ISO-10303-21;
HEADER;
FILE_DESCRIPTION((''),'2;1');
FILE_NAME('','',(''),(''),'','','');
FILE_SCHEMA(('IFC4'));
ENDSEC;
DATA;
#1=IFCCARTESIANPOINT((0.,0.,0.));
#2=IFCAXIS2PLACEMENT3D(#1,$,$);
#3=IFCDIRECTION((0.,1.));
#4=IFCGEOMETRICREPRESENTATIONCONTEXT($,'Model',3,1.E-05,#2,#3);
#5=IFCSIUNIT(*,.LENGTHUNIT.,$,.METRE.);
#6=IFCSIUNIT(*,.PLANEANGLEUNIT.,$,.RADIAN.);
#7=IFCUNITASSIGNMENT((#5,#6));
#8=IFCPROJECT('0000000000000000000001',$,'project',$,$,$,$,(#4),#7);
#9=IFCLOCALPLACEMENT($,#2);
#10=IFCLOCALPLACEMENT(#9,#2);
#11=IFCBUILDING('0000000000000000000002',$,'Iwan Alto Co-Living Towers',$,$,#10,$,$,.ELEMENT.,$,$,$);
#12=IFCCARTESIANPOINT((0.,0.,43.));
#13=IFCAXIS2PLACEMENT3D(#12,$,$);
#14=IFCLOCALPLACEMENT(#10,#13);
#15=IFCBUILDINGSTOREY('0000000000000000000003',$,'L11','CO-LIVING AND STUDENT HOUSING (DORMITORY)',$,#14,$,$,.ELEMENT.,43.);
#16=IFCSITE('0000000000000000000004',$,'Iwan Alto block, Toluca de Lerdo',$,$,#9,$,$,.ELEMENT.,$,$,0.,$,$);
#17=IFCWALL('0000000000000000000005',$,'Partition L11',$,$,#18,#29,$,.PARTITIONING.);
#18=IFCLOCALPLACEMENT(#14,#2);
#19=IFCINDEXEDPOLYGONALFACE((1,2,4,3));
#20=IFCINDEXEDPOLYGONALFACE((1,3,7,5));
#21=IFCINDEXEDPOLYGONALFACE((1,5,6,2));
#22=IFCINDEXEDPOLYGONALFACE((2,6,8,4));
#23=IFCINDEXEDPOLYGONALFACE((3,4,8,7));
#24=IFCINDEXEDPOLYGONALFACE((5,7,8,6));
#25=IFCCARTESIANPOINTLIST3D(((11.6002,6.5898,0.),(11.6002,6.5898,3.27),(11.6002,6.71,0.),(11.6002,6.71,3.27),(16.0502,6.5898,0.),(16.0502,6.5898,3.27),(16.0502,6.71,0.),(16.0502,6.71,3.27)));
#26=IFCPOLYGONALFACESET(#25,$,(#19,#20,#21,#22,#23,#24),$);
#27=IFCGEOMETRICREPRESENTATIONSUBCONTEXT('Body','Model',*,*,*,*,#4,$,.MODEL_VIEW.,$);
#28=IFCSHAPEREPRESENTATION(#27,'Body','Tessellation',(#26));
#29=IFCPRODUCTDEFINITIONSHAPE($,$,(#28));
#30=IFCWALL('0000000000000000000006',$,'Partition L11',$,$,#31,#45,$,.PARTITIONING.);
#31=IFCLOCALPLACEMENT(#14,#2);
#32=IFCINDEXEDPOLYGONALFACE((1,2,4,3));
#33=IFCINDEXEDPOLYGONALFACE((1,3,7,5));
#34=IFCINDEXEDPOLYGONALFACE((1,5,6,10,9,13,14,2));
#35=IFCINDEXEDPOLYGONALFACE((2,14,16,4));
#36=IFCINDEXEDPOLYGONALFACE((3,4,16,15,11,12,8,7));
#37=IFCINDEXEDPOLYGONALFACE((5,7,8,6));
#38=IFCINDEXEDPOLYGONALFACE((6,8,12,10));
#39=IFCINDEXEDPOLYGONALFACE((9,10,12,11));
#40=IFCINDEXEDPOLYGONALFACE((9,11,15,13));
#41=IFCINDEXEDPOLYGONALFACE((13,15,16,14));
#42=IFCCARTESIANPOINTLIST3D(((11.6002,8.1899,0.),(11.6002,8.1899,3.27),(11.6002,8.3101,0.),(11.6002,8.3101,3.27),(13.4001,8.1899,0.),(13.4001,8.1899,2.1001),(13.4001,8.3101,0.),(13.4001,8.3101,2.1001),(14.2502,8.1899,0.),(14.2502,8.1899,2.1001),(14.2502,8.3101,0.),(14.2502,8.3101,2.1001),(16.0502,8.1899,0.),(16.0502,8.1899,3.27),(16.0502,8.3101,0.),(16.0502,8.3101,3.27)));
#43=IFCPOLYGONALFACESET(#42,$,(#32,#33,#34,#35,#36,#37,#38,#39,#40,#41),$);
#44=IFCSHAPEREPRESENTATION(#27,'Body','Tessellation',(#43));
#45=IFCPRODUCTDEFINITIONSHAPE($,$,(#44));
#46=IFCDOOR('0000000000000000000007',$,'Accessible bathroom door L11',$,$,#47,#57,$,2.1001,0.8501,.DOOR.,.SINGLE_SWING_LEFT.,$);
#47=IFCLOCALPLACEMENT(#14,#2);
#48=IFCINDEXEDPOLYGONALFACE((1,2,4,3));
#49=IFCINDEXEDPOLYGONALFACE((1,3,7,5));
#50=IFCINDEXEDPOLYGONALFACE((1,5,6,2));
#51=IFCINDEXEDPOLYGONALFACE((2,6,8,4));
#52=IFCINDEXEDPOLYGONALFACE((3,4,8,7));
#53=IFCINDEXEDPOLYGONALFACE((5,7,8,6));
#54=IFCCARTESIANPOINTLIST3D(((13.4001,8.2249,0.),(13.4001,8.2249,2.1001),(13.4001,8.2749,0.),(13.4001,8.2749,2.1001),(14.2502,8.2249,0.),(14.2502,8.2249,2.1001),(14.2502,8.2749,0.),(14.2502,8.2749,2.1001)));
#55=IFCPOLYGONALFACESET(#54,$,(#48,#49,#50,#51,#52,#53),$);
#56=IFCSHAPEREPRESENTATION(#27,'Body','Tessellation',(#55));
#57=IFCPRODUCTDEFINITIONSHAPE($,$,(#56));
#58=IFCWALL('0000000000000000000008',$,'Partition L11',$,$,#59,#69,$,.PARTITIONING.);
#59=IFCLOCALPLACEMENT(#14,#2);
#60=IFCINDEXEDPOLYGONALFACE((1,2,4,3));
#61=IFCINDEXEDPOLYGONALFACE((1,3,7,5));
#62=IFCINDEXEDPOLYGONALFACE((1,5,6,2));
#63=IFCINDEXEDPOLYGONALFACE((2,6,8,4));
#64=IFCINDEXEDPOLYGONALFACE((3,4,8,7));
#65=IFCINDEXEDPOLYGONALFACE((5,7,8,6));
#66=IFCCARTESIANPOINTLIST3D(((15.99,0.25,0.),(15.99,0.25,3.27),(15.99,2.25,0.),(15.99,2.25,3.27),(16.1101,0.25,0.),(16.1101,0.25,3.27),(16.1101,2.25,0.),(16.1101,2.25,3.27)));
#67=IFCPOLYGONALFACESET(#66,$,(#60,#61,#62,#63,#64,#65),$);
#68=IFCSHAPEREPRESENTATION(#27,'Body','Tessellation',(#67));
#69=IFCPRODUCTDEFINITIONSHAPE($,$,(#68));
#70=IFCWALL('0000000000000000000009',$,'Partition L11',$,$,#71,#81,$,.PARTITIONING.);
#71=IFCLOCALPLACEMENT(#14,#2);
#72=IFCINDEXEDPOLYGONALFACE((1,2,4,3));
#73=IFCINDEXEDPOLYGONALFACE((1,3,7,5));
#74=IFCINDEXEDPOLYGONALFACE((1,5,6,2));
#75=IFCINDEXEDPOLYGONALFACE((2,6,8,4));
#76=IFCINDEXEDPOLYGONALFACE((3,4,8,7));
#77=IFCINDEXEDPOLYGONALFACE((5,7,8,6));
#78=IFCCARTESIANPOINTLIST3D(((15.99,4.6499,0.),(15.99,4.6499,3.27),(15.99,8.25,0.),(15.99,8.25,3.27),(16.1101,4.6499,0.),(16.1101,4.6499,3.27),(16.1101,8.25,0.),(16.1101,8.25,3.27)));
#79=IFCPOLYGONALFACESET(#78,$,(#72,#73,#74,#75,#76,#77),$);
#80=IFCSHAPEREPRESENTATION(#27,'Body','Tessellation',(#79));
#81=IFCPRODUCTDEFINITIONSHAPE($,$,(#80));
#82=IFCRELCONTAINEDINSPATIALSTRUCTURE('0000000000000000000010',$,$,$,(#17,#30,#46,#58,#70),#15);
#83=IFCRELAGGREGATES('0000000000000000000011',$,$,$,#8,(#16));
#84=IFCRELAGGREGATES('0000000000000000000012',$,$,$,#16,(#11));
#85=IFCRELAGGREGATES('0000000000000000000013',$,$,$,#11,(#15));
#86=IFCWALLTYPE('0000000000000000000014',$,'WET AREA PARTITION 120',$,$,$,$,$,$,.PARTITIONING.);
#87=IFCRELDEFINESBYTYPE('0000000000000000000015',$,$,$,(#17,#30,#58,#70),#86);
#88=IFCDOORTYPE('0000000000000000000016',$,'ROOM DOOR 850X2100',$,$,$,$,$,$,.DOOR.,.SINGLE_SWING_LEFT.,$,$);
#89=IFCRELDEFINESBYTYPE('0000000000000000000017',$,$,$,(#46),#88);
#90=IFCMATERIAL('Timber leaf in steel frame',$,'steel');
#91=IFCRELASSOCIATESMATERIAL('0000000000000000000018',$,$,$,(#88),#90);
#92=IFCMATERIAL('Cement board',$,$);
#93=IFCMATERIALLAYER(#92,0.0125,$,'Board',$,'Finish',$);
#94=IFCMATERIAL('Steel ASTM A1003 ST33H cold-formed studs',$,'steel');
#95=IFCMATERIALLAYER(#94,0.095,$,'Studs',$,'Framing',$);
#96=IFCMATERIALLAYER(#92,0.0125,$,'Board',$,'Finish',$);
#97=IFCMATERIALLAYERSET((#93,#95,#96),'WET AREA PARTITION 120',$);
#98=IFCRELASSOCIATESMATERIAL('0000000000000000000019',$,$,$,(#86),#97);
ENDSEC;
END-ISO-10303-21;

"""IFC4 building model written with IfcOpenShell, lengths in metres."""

from ifc_helpers import new_model, si_unit, direction, frame, frame_2d, origin, place, context, subcontext, project, spatial, rectangle, extrude, material, layer, layer_set, type_object, element, fill, save


model = new_model("IFC4")

# Units and contexts
model_context = context("Model", 3, precision=1e-05, world=origin(), true_north=direction((0.0, 1.0)))
body_context = subcontext(model_context, "Body", "Model", "MODEL_VIEW")
ifc_project = project(units=[si_unit("LENGTHUNIT", "METRE"), si_unit("PLANEANGLEUNIT", "RADIAN")], contexts=[model_context])

# Site, building, storey
site_placement = place(None, origin())
site = spatial("IfcSite", under=ifc_project, at=site_placement, Name="Iwan Alto block, Toluca de Lerdo", CompositionType="ELEMENT", RefElevation=0.0)
building_placement = place(site_placement, origin())
building = spatial("IfcBuilding", under=site, at=building_placement, Name="Iwan Alto Co-Living Towers", CompositionType="ELEMENT")
storey_placement = place(building_placement, frame((0.0, 0.0, 43.0)))
storey = spatial("IfcBuildingStorey", under=building, at=storey_placement, Name="L11", Description="CO-LIVING AND STUDENT HOUSING (DORMITORY)", CompositionType="ELEMENT", Elevation=43.0)

# Shared definitions
ifc_material_1 = material(Name="Steel ASTM A1003 ST33H cold-formed studs", Category="steel")

# Shared definitions
ifc_material_2 = material(Name="Timber leaf in steel frame", Category="steel")
door_type = type_object("IfcDoorType", Name="ROOM DOOR 850X2100", OperationType="SINGLE_SWING_LEFT", PredefinedType="DOOR", material=ifc_material_2)

# Shared definitions
ifc_material_3 = material(Name="Cement board")
ifc_layer_1 = layer(ifc_material_3, 0.0125, Name="Board", Category="Finish")
ifc_layer_2 = layer(ifc_material_1, 0.095, Name="Studs", Category="Framing")
ifc_layer_3 = layer(ifc_material_3, 0.0125, Name="Board", Category="Finish")
ifc_layer_set_1 = layer_set([ifc_layer_1, ifc_layer_2, ifc_layer_3], Name="WET AREA PARTITION 120")
wall_type_1 = type_object("IfcWallType", Name="WET AREA PARTITION 120", PredefinedType="PARTITIONING", material=ifc_layer_set_1)

# Wall
wall_1_placement = place(storey_placement, frame((11.6001, 6.6499, 0.0), z_axis=(0.0, 0.0, 1.0), x_axis=(1.0, 0.0, 0.0)))
element("IfcWall", 1, at=wall_1_placement, inside=storey, type_object=wall_type_1, Name="Partition L11", PredefinedType="PARTITIONING", context=body_context, shape_type="SweptSolid", body=[
    extrude(rectangle(XDim=4.45, YDim=0.1201, at=frame_2d((2.2251, 0.0))), origin(), (0.0, 0.0, 1.0), 3.27),
])

# Wall, opening, door
wall_2_placement = place(storey_placement, frame((11.6001, 8.25, 0.0), z_axis=(0.0, 0.0, 1.0), x_axis=(1.0, 0.0, 0.0)))
wall_2 = element("IfcWall", 2, at=wall_2_placement, inside=storey, type_object=wall_type_1, Name="Partition L11", PredefinedType="PARTITIONING", context=body_context, shape_type="SweptSolid", body=[
    extrude(rectangle(XDim=4.45, YDim=0.1201, at=frame_2d((2.2251, 0.0))), origin(), (0.0, 0.0, 1.0), 3.27),
])
opening_1_placement = place(wall_2_placement, frame((1.8, 0.0, 0.0)))
opening_1 = element("IfcOpeningElement", 3, at=opening_1_placement, cuts=wall_2, PredefinedType="OPENING", context=body_context, shape_type="SweptSolid", body=[
    extrude(rectangle(XDim=0.8501, YDim=2.1001, at=frame_2d((0.425, 1.05))), frame((0.0, 0.0701, 0.0), z_axis=(0.0, -1.0, 0.0), x_axis=(1.0, 0.0, 0.0)), (0.0, 0.0, 1.0), 0.1401),
])
door_1_placement = place(opening_1_placement, origin())
door_1 = element("IfcDoor", 4, at=door_1_placement, inside=storey, type_object=door_type, Name="Accessible bathroom door L11", OperationType="SINGLE_SWING_LEFT", OverallHeight=2.1001, OverallWidth=0.8501, PredefinedType="DOOR", context=body_context, shape_type="SweptSolid", body=[
    extrude(rectangle(XDim=0.8501, YDim=2.1001, at=frame_2d((0.425, 1.05))), frame((0.0, 0.0249, 0.0), z_axis=(0.0, -1.0, 0.0), x_axis=(1.0, 0.0, 0.0)), (0.0, 0.0, 1.0), 0.05),
])
fill(opening_1, door_1)

# Walls
wall_3_placement = place(storey_placement, frame((16.05, 0.25, 0.0), z_axis=(0.0, 0.0, 1.0), x_axis=(0.0, 1.0, 0.0)))
element("IfcWall", 5, at=wall_3_placement, inside=storey, type_object=wall_type_1, Name="Partition L11", PredefinedType="PARTITIONING", context=body_context, shape_type="SweptSolid", body=[
    extrude(rectangle(XDim=2.0, YDim=0.1201, at=frame_2d((1.0, 0.0))), origin(), (0.0, 0.0, 1.0), 3.27),
])
wall_4_placement = place(storey_placement, frame((16.05, 4.6499, 0.0), z_axis=(0.0, 0.0, 1.0), x_axis=(0.0, 1.0, 0.0)))
element("IfcWall", 6, at=wall_4_placement, inside=storey, type_object=wall_type_1, Name="Partition L11", PredefinedType="PARTITIONING", context=body_context, shape_type="SweptSolid", body=[
    extrude(rectangle(XDim=3.6001, YDim=0.1201, at=frame_2d((1.8, 0.0))), origin(), (0.0, 0.0, 1.0), 3.27),
])

save(model, "model.ifc")
